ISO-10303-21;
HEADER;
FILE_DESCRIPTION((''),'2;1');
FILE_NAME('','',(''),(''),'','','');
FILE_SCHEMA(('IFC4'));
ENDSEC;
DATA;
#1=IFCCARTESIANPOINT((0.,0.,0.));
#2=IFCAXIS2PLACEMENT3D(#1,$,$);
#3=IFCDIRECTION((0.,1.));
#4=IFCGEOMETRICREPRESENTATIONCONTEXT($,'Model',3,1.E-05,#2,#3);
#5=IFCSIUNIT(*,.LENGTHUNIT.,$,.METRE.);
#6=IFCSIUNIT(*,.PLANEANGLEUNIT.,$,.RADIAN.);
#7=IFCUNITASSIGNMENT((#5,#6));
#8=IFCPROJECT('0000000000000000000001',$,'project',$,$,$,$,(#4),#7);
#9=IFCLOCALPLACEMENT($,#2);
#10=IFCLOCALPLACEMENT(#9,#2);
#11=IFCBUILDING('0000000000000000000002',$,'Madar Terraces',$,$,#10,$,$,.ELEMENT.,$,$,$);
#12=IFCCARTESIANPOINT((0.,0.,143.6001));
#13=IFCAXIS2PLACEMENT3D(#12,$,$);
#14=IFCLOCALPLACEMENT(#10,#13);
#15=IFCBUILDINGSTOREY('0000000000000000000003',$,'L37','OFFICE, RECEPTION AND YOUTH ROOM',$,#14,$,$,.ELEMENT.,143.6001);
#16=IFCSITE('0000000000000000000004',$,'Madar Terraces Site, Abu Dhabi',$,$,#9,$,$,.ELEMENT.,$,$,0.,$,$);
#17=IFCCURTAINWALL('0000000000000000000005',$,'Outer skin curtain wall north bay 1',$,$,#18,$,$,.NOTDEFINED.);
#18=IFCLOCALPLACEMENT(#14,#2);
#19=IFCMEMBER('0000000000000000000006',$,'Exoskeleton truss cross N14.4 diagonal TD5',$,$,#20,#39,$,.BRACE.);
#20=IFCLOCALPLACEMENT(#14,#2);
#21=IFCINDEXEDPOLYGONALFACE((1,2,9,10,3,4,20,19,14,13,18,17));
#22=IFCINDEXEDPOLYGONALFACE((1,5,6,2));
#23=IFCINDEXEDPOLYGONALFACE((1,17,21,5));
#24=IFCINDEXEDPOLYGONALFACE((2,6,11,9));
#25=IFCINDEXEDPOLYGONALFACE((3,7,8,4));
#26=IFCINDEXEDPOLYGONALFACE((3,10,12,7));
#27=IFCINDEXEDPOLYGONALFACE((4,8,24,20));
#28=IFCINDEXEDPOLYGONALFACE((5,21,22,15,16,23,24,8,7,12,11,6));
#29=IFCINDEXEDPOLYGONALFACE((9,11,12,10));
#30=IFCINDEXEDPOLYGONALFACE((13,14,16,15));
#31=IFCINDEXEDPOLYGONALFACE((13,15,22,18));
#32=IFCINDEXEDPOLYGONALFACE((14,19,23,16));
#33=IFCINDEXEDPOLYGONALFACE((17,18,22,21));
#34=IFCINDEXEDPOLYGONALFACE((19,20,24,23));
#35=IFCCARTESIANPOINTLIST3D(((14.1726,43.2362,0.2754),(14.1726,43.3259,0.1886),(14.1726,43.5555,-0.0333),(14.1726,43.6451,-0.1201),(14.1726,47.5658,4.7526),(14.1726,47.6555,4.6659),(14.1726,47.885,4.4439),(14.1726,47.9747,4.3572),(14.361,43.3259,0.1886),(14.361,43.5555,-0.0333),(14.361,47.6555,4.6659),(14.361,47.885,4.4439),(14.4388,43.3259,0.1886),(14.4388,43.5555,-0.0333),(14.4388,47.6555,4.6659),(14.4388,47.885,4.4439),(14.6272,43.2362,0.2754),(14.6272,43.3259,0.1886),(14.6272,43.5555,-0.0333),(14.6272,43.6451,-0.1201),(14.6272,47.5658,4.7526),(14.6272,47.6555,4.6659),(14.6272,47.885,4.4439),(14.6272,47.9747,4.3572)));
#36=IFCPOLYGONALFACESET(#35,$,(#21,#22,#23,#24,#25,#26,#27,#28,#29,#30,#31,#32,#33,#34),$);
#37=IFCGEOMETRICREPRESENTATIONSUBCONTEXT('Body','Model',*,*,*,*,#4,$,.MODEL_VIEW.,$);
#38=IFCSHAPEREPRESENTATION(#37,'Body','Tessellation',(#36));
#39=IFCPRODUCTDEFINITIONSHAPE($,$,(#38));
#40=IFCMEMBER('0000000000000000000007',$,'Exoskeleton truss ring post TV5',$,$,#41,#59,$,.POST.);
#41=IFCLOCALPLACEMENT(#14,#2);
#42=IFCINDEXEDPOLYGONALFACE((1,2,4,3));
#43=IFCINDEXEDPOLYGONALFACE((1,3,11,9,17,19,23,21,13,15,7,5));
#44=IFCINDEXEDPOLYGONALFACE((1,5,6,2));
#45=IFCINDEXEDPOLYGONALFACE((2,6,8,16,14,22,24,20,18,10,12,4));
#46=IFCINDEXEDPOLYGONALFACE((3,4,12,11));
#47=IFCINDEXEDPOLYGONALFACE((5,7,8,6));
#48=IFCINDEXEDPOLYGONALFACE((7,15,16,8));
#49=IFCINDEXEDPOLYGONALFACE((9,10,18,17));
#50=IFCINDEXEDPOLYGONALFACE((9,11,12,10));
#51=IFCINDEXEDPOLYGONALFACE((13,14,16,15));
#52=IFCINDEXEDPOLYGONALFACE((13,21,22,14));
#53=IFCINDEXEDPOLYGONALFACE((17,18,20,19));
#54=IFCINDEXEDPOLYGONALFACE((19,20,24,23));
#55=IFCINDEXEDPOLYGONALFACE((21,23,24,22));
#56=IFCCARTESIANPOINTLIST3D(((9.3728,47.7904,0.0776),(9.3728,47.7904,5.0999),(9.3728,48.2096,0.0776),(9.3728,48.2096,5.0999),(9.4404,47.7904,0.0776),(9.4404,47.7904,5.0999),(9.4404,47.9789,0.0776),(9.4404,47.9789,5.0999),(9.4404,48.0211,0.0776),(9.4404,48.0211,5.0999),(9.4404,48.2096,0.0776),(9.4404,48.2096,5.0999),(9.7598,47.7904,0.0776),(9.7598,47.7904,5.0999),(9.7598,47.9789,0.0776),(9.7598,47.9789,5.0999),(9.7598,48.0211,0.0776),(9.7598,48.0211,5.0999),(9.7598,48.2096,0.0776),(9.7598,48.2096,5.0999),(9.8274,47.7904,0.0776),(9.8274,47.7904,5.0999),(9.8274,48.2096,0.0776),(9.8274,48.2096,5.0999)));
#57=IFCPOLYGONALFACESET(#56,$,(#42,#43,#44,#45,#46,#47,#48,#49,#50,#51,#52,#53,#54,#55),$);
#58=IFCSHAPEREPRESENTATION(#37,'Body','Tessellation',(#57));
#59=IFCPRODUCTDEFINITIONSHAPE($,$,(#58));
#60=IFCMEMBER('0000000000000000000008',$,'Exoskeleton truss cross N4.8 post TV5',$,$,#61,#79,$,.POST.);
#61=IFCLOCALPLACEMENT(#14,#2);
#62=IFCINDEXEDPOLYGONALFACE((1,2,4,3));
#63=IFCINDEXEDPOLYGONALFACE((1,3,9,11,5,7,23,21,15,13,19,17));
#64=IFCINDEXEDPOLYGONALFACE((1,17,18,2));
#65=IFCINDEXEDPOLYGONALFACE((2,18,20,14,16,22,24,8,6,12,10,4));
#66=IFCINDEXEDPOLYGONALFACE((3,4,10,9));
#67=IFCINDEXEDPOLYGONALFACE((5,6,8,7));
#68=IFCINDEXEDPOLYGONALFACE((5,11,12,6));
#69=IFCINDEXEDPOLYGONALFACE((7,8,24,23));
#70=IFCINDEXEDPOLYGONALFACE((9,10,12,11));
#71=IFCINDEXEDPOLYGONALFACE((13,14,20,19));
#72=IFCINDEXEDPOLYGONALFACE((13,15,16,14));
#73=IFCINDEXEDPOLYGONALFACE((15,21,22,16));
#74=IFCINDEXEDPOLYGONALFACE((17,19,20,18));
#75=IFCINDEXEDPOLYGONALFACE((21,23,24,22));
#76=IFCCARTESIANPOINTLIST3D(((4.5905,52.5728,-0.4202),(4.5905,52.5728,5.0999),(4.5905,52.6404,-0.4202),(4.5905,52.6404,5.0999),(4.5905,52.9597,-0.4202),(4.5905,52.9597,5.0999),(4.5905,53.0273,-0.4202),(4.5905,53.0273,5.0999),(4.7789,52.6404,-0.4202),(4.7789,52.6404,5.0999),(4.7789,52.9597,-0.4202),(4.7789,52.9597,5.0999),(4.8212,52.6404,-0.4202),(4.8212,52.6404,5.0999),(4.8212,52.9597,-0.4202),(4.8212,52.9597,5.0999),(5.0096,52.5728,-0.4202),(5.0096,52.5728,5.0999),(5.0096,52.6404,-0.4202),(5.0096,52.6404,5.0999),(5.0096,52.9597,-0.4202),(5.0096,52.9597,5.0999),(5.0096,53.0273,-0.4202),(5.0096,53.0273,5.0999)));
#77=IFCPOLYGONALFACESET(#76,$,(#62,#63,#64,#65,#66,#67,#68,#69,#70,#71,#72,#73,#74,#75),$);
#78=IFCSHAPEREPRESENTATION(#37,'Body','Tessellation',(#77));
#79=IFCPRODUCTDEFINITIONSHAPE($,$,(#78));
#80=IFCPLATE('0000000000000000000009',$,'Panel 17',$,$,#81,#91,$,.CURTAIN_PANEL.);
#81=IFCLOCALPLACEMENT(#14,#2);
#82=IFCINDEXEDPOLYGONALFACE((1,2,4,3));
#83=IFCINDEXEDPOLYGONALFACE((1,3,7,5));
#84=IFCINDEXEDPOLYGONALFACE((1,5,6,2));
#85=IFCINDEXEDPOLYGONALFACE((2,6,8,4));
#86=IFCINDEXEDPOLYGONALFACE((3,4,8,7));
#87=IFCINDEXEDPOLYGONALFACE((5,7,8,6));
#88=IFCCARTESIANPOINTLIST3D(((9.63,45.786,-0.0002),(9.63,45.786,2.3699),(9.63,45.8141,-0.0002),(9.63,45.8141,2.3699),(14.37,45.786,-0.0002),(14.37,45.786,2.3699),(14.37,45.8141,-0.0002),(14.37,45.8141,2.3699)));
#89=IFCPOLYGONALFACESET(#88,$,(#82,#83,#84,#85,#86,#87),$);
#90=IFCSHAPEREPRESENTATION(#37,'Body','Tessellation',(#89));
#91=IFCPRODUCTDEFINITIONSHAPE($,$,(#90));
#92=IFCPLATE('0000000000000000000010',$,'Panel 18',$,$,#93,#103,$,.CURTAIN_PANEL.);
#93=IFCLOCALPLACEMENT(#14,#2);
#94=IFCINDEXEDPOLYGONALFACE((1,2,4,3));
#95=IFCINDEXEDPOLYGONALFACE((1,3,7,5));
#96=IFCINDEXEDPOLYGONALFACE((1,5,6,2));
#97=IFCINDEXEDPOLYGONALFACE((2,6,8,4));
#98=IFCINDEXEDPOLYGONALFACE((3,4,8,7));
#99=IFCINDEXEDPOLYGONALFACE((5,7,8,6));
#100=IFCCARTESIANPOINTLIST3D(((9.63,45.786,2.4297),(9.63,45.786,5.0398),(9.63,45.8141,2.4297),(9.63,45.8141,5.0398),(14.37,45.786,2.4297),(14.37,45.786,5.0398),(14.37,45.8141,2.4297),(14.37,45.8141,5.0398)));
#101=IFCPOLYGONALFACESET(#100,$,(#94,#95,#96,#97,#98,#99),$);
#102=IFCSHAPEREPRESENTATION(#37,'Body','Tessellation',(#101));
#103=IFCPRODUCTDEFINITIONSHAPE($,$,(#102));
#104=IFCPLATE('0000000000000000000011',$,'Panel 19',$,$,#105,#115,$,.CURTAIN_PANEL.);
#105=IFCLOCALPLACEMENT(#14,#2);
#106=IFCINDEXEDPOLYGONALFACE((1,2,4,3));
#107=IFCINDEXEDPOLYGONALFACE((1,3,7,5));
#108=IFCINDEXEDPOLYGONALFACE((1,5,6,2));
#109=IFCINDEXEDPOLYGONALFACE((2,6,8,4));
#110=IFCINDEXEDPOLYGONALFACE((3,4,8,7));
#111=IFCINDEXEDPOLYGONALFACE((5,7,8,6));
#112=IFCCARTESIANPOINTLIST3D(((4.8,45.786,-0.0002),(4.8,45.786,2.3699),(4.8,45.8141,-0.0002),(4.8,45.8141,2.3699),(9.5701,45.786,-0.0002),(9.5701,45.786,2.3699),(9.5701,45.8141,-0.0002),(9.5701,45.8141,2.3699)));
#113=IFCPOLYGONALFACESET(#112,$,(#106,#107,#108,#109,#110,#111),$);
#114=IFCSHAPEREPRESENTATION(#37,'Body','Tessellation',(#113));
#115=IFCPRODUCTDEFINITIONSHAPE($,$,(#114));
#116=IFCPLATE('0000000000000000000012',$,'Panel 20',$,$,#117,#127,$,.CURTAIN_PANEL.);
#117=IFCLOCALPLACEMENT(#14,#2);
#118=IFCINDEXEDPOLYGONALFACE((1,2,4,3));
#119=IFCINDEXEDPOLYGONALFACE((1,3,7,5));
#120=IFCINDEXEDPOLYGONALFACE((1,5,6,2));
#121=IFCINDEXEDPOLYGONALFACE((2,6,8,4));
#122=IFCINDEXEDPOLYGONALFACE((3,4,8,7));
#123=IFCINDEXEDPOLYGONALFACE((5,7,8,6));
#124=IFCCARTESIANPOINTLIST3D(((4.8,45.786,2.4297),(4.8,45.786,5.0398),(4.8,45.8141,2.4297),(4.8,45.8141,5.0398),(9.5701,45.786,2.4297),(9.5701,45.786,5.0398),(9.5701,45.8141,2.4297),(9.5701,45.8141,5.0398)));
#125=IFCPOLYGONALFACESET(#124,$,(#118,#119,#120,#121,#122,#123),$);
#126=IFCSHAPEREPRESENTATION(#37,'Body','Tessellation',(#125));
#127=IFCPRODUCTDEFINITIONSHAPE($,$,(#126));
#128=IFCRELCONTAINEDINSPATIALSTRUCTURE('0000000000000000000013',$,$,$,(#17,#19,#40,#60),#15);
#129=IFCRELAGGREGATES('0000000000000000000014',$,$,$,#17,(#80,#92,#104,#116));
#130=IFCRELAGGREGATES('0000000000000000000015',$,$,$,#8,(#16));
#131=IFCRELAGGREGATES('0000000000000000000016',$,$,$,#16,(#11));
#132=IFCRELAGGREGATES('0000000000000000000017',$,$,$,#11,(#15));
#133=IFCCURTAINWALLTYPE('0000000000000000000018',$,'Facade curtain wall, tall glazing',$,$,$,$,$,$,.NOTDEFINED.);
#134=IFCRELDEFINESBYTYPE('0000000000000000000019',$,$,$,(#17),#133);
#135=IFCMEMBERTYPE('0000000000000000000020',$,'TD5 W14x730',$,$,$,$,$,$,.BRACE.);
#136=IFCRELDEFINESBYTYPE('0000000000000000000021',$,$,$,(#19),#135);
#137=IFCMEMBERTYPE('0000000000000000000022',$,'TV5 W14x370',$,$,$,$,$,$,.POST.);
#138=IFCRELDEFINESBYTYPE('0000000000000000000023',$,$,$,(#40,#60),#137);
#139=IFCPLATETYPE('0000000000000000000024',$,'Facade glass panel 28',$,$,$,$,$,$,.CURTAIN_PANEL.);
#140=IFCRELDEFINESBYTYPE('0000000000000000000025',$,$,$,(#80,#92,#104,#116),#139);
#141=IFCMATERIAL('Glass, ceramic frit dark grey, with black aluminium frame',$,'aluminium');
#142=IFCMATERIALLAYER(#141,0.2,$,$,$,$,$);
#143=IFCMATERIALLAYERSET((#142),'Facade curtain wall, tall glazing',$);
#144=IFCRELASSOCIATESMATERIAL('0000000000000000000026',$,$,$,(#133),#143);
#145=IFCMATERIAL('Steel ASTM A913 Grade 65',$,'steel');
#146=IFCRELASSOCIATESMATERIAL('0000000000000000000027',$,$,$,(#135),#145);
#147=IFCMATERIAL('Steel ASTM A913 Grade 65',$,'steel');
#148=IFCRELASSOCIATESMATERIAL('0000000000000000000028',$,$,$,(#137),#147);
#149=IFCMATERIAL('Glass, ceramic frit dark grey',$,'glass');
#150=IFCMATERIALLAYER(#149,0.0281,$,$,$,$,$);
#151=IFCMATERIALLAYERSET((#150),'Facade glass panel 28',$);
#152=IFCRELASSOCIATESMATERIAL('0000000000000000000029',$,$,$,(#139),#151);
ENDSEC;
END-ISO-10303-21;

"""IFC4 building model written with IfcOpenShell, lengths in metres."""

from ifc_helpers import new_model, si_unit, direction, frame, origin, origin_2d, place, context, subcontext, project, spatial, rectangle, i_section, extrude, material, layer, layer_set, material_profile, profile_set, type_object, element, aggregate, save


model = new_model("IFC4")

# Units and contexts
model_context = context("Model", 3, precision=1e-05, world=origin(), true_north=direction((0.0, 1.0)))
body_context = subcontext(model_context, "Body", "Model", "MODEL_VIEW")
ifc_project = project(units=[si_unit("LENGTHUNIT", "METRE"), si_unit("PLANEANGLEUNIT", "RADIAN")], contexts=[model_context])

# Site, building, storey
site_placement = place(None, origin())
site = spatial("IfcSite", under=ifc_project, at=site_placement, Name="Madar Terraces Site, Abu Dhabi", CompositionType="ELEMENT", RefElevation=0.0)
building_placement = place(site_placement, origin())
building = spatial("IfcBuilding", under=site, at=building_placement, Name="Madar Terraces", CompositionType="ELEMENT")
storey_placement = place(building_placement, frame((0.0, 0.0, 143.6001)))
storey = spatial("IfcBuildingStorey", under=building, at=storey_placement, Name="L37", Description="OFFICE, RECEPTION AND YOUTH ROOM", CompositionType="ELEMENT", Elevation=143.6001)

# Curtain wall
ifc_material_1 = material(Name="Glass, ceramic frit dark grey, with black aluminium frame", Category="aluminium")
ifc_layer_1 = layer(ifc_material_1, 0.2)
ifc_layer_set_1 = layer_set([ifc_layer_1], Name="Facade curtain wall, tall glazing")
curtain_wall_type = type_object("IfcCurtainWallType", Name="Facade curtain wall, tall glazing", PredefinedType="NOTDEFINED", material=ifc_layer_set_1)
curtain_wall_placement = place(storey_placement, origin())
curtain_wall = element("IfcCurtainWall", 1, at=curtain_wall_placement, inside=storey, type_object=curtain_wall_type, Name="Outer skin curtain wall north bay 1", PredefinedType="NOTDEFINED")

# Members
ifc_material_2 = material(Name="Steel ASTM A913 Grade 65", Category="steel")
ifc_material_profile_1 = material_profile(ifc_material_2, i_section(OverallWidth=0.4546, OverallDepth=0.5688, WebThickness=0.0779, FlangeThickness=0.1248, at=origin_2d()), Name="W14x730")
ifc_profile_set_1 = profile_set([ifc_material_profile_1], Name="Steel ASTM A913 Grade 65")
member_type_1 = type_object("IfcMemberType", Name="TD5 W14x730", PredefinedType="BRACE", material=ifc_profile_set_1)
for number, where, z_axis, x_axis, name in (
    (2, (14.3999, 47.7703, 4.5549), (0.0, -0.69515, -0.718865), (1.0, 0.0, 0.0), "Exoskeleton truss cross N14.4 diagonal TD5"),
):
    element("IfcMember", number, at=place(storey_placement, frame(where, z_axis=z_axis, x_axis=x_axis)), inside=storey, type_object=member_type_1, Name=name, PredefinedType="BRACE", context=body_context, shape_type="SweptSolid", body=[
        extrude(i_section(OverallWidth=0.4546, OverallDepth=0.5688, WebThickness=0.0779, FlangeThickness=0.1248, at=origin_2d()), origin(), (0.0, 0.0, 1.0), 6.2283),
    ])
ifc_material_3 = material(Name="Steel ASTM A913 Grade 65", Category="steel")
ifc_material_profile_2 = material_profile(ifc_material_3, i_section(OverallWidth=0.4192, OverallDepth=0.4546, WebThickness=0.0422, FlangeThickness=0.0676, at=origin_2d()), Name="W14x370")
ifc_profile_set_2 = profile_set([ifc_material_profile_2], Name="Steel ASTM A913 Grade 65")
member_type_2 = type_object("IfcMemberType", Name="TV5 W14x370", PredefinedType="POST", material=ifc_profile_set_2)
member_1_placement = place(storey_placement, frame((9.6001, 48.0, 0.0776), z_axis=(0.0, 0.0, 1.0), x_axis=(0.0, -1.0, 0.0)))
element("IfcMember", 3, at=member_1_placement, inside=storey, type_object=member_type_2, Name="Exoskeleton truss ring post TV5", PredefinedType="POST", context=body_context, shape_type="SweptSolid", body=[
    extrude(i_section(OverallWidth=0.4192, OverallDepth=0.4546, WebThickness=0.0422, FlangeThickness=0.0676, at=origin_2d()), origin(), (0.0, 0.0, 1.0), 5.0222),
])
member_2_placement = place(storey_placement, frame((4.8, 52.8, -0.4202), z_axis=(0.0, 0.0, 1.0), x_axis=(-1.0, 0.0, 0.0)))
element("IfcMember", 4, at=member_2_placement, inside=storey, type_object=member_type_2, Name="Exoskeleton truss cross N4.8 post TV5", PredefinedType="POST", context=body_context, shape_type="SweptSolid", body=[
    extrude(i_section(OverallWidth=0.4192, OverallDepth=0.4546, WebThickness=0.0422, FlangeThickness=0.0676, at=origin_2d()), origin(), (0.0, 0.0, 1.0), 5.52),
])

# Plates
ifc_material_4 = material(Name="Glass, ceramic frit dark grey", Category="glass")
ifc_layer_2 = layer(ifc_material_4, 0.0281)
ifc_layer_set_2 = layer_set([ifc_layer_2], Name="Facade glass panel 28")
plate_type = type_object("IfcPlateType", Name="Facade glass panel 28", PredefinedType="CURTAIN_PANEL", material=ifc_layer_set_2)
plate_1_placement = place(storey_placement, frame((12.0, 45.8, -0.0002), z_axis=(0.0, 0.0, 1.0), x_axis=(-1.0, 0.0, 0.0)))
plate_1 = element("IfcPlate", 5, at=plate_1_placement, type_object=plate_type, Name="Panel 17", PredefinedType="CURTAIN_PANEL", context=body_context, shape_type="SweptSolid", body=[
    extrude(rectangle(XDim=4.74, YDim=0.0281, at=origin_2d()), origin(), (0.0, 0.0, 1.0), 2.3701),
])
plate_2_placement = place(storey_placement, frame((12.0, 45.8, 2.4297), z_axis=(0.0, 0.0, 1.0), x_axis=(-1.0, 0.0, 0.0)))
plate_2 = element("IfcPlate", 6, at=plate_2_placement, type_object=plate_type, Name="Panel 18", PredefinedType="CURTAIN_PANEL", context=body_context, shape_type="SweptSolid", body=[
    extrude(rectangle(XDim=4.74, YDim=0.0281, at=origin_2d()), origin(), (0.0, 0.0, 1.0), 2.6101),
])
plate_3_placement = place(storey_placement, frame((7.1851, 45.8, -0.0002), z_axis=(0.0, 0.0, 1.0), x_axis=(-1.0, 0.0, 0.0)))
plate_3 = element("IfcPlate", 7, at=plate_3_placement, type_object=plate_type, Name="Panel 19", PredefinedType="CURTAIN_PANEL", context=body_context, shape_type="SweptSolid", body=[
    extrude(rectangle(XDim=4.77, YDim=0.0281, at=origin_2d()), origin(), (0.0, 0.0, 1.0), 2.3701),
])
plate_4_placement = place(storey_placement, frame((7.1851, 45.8, 2.4297), z_axis=(0.0, 0.0, 1.0), x_axis=(-1.0, 0.0, 0.0)))
plate_4 = element("IfcPlate", 8, at=plate_4_placement, type_object=plate_type, Name="Panel 20", PredefinedType="CURTAIN_PANEL", context=body_context, shape_type="SweptSolid", body=[
    extrude(rectangle(XDim=4.77, YDim=0.0281, at=origin_2d()), origin(), (0.0, 0.0, 1.0), 2.6101),
])
aggregate(curtain_wall, [plate_1, plate_2, plate_3, plate_4])

save(model, "model.ifc")
